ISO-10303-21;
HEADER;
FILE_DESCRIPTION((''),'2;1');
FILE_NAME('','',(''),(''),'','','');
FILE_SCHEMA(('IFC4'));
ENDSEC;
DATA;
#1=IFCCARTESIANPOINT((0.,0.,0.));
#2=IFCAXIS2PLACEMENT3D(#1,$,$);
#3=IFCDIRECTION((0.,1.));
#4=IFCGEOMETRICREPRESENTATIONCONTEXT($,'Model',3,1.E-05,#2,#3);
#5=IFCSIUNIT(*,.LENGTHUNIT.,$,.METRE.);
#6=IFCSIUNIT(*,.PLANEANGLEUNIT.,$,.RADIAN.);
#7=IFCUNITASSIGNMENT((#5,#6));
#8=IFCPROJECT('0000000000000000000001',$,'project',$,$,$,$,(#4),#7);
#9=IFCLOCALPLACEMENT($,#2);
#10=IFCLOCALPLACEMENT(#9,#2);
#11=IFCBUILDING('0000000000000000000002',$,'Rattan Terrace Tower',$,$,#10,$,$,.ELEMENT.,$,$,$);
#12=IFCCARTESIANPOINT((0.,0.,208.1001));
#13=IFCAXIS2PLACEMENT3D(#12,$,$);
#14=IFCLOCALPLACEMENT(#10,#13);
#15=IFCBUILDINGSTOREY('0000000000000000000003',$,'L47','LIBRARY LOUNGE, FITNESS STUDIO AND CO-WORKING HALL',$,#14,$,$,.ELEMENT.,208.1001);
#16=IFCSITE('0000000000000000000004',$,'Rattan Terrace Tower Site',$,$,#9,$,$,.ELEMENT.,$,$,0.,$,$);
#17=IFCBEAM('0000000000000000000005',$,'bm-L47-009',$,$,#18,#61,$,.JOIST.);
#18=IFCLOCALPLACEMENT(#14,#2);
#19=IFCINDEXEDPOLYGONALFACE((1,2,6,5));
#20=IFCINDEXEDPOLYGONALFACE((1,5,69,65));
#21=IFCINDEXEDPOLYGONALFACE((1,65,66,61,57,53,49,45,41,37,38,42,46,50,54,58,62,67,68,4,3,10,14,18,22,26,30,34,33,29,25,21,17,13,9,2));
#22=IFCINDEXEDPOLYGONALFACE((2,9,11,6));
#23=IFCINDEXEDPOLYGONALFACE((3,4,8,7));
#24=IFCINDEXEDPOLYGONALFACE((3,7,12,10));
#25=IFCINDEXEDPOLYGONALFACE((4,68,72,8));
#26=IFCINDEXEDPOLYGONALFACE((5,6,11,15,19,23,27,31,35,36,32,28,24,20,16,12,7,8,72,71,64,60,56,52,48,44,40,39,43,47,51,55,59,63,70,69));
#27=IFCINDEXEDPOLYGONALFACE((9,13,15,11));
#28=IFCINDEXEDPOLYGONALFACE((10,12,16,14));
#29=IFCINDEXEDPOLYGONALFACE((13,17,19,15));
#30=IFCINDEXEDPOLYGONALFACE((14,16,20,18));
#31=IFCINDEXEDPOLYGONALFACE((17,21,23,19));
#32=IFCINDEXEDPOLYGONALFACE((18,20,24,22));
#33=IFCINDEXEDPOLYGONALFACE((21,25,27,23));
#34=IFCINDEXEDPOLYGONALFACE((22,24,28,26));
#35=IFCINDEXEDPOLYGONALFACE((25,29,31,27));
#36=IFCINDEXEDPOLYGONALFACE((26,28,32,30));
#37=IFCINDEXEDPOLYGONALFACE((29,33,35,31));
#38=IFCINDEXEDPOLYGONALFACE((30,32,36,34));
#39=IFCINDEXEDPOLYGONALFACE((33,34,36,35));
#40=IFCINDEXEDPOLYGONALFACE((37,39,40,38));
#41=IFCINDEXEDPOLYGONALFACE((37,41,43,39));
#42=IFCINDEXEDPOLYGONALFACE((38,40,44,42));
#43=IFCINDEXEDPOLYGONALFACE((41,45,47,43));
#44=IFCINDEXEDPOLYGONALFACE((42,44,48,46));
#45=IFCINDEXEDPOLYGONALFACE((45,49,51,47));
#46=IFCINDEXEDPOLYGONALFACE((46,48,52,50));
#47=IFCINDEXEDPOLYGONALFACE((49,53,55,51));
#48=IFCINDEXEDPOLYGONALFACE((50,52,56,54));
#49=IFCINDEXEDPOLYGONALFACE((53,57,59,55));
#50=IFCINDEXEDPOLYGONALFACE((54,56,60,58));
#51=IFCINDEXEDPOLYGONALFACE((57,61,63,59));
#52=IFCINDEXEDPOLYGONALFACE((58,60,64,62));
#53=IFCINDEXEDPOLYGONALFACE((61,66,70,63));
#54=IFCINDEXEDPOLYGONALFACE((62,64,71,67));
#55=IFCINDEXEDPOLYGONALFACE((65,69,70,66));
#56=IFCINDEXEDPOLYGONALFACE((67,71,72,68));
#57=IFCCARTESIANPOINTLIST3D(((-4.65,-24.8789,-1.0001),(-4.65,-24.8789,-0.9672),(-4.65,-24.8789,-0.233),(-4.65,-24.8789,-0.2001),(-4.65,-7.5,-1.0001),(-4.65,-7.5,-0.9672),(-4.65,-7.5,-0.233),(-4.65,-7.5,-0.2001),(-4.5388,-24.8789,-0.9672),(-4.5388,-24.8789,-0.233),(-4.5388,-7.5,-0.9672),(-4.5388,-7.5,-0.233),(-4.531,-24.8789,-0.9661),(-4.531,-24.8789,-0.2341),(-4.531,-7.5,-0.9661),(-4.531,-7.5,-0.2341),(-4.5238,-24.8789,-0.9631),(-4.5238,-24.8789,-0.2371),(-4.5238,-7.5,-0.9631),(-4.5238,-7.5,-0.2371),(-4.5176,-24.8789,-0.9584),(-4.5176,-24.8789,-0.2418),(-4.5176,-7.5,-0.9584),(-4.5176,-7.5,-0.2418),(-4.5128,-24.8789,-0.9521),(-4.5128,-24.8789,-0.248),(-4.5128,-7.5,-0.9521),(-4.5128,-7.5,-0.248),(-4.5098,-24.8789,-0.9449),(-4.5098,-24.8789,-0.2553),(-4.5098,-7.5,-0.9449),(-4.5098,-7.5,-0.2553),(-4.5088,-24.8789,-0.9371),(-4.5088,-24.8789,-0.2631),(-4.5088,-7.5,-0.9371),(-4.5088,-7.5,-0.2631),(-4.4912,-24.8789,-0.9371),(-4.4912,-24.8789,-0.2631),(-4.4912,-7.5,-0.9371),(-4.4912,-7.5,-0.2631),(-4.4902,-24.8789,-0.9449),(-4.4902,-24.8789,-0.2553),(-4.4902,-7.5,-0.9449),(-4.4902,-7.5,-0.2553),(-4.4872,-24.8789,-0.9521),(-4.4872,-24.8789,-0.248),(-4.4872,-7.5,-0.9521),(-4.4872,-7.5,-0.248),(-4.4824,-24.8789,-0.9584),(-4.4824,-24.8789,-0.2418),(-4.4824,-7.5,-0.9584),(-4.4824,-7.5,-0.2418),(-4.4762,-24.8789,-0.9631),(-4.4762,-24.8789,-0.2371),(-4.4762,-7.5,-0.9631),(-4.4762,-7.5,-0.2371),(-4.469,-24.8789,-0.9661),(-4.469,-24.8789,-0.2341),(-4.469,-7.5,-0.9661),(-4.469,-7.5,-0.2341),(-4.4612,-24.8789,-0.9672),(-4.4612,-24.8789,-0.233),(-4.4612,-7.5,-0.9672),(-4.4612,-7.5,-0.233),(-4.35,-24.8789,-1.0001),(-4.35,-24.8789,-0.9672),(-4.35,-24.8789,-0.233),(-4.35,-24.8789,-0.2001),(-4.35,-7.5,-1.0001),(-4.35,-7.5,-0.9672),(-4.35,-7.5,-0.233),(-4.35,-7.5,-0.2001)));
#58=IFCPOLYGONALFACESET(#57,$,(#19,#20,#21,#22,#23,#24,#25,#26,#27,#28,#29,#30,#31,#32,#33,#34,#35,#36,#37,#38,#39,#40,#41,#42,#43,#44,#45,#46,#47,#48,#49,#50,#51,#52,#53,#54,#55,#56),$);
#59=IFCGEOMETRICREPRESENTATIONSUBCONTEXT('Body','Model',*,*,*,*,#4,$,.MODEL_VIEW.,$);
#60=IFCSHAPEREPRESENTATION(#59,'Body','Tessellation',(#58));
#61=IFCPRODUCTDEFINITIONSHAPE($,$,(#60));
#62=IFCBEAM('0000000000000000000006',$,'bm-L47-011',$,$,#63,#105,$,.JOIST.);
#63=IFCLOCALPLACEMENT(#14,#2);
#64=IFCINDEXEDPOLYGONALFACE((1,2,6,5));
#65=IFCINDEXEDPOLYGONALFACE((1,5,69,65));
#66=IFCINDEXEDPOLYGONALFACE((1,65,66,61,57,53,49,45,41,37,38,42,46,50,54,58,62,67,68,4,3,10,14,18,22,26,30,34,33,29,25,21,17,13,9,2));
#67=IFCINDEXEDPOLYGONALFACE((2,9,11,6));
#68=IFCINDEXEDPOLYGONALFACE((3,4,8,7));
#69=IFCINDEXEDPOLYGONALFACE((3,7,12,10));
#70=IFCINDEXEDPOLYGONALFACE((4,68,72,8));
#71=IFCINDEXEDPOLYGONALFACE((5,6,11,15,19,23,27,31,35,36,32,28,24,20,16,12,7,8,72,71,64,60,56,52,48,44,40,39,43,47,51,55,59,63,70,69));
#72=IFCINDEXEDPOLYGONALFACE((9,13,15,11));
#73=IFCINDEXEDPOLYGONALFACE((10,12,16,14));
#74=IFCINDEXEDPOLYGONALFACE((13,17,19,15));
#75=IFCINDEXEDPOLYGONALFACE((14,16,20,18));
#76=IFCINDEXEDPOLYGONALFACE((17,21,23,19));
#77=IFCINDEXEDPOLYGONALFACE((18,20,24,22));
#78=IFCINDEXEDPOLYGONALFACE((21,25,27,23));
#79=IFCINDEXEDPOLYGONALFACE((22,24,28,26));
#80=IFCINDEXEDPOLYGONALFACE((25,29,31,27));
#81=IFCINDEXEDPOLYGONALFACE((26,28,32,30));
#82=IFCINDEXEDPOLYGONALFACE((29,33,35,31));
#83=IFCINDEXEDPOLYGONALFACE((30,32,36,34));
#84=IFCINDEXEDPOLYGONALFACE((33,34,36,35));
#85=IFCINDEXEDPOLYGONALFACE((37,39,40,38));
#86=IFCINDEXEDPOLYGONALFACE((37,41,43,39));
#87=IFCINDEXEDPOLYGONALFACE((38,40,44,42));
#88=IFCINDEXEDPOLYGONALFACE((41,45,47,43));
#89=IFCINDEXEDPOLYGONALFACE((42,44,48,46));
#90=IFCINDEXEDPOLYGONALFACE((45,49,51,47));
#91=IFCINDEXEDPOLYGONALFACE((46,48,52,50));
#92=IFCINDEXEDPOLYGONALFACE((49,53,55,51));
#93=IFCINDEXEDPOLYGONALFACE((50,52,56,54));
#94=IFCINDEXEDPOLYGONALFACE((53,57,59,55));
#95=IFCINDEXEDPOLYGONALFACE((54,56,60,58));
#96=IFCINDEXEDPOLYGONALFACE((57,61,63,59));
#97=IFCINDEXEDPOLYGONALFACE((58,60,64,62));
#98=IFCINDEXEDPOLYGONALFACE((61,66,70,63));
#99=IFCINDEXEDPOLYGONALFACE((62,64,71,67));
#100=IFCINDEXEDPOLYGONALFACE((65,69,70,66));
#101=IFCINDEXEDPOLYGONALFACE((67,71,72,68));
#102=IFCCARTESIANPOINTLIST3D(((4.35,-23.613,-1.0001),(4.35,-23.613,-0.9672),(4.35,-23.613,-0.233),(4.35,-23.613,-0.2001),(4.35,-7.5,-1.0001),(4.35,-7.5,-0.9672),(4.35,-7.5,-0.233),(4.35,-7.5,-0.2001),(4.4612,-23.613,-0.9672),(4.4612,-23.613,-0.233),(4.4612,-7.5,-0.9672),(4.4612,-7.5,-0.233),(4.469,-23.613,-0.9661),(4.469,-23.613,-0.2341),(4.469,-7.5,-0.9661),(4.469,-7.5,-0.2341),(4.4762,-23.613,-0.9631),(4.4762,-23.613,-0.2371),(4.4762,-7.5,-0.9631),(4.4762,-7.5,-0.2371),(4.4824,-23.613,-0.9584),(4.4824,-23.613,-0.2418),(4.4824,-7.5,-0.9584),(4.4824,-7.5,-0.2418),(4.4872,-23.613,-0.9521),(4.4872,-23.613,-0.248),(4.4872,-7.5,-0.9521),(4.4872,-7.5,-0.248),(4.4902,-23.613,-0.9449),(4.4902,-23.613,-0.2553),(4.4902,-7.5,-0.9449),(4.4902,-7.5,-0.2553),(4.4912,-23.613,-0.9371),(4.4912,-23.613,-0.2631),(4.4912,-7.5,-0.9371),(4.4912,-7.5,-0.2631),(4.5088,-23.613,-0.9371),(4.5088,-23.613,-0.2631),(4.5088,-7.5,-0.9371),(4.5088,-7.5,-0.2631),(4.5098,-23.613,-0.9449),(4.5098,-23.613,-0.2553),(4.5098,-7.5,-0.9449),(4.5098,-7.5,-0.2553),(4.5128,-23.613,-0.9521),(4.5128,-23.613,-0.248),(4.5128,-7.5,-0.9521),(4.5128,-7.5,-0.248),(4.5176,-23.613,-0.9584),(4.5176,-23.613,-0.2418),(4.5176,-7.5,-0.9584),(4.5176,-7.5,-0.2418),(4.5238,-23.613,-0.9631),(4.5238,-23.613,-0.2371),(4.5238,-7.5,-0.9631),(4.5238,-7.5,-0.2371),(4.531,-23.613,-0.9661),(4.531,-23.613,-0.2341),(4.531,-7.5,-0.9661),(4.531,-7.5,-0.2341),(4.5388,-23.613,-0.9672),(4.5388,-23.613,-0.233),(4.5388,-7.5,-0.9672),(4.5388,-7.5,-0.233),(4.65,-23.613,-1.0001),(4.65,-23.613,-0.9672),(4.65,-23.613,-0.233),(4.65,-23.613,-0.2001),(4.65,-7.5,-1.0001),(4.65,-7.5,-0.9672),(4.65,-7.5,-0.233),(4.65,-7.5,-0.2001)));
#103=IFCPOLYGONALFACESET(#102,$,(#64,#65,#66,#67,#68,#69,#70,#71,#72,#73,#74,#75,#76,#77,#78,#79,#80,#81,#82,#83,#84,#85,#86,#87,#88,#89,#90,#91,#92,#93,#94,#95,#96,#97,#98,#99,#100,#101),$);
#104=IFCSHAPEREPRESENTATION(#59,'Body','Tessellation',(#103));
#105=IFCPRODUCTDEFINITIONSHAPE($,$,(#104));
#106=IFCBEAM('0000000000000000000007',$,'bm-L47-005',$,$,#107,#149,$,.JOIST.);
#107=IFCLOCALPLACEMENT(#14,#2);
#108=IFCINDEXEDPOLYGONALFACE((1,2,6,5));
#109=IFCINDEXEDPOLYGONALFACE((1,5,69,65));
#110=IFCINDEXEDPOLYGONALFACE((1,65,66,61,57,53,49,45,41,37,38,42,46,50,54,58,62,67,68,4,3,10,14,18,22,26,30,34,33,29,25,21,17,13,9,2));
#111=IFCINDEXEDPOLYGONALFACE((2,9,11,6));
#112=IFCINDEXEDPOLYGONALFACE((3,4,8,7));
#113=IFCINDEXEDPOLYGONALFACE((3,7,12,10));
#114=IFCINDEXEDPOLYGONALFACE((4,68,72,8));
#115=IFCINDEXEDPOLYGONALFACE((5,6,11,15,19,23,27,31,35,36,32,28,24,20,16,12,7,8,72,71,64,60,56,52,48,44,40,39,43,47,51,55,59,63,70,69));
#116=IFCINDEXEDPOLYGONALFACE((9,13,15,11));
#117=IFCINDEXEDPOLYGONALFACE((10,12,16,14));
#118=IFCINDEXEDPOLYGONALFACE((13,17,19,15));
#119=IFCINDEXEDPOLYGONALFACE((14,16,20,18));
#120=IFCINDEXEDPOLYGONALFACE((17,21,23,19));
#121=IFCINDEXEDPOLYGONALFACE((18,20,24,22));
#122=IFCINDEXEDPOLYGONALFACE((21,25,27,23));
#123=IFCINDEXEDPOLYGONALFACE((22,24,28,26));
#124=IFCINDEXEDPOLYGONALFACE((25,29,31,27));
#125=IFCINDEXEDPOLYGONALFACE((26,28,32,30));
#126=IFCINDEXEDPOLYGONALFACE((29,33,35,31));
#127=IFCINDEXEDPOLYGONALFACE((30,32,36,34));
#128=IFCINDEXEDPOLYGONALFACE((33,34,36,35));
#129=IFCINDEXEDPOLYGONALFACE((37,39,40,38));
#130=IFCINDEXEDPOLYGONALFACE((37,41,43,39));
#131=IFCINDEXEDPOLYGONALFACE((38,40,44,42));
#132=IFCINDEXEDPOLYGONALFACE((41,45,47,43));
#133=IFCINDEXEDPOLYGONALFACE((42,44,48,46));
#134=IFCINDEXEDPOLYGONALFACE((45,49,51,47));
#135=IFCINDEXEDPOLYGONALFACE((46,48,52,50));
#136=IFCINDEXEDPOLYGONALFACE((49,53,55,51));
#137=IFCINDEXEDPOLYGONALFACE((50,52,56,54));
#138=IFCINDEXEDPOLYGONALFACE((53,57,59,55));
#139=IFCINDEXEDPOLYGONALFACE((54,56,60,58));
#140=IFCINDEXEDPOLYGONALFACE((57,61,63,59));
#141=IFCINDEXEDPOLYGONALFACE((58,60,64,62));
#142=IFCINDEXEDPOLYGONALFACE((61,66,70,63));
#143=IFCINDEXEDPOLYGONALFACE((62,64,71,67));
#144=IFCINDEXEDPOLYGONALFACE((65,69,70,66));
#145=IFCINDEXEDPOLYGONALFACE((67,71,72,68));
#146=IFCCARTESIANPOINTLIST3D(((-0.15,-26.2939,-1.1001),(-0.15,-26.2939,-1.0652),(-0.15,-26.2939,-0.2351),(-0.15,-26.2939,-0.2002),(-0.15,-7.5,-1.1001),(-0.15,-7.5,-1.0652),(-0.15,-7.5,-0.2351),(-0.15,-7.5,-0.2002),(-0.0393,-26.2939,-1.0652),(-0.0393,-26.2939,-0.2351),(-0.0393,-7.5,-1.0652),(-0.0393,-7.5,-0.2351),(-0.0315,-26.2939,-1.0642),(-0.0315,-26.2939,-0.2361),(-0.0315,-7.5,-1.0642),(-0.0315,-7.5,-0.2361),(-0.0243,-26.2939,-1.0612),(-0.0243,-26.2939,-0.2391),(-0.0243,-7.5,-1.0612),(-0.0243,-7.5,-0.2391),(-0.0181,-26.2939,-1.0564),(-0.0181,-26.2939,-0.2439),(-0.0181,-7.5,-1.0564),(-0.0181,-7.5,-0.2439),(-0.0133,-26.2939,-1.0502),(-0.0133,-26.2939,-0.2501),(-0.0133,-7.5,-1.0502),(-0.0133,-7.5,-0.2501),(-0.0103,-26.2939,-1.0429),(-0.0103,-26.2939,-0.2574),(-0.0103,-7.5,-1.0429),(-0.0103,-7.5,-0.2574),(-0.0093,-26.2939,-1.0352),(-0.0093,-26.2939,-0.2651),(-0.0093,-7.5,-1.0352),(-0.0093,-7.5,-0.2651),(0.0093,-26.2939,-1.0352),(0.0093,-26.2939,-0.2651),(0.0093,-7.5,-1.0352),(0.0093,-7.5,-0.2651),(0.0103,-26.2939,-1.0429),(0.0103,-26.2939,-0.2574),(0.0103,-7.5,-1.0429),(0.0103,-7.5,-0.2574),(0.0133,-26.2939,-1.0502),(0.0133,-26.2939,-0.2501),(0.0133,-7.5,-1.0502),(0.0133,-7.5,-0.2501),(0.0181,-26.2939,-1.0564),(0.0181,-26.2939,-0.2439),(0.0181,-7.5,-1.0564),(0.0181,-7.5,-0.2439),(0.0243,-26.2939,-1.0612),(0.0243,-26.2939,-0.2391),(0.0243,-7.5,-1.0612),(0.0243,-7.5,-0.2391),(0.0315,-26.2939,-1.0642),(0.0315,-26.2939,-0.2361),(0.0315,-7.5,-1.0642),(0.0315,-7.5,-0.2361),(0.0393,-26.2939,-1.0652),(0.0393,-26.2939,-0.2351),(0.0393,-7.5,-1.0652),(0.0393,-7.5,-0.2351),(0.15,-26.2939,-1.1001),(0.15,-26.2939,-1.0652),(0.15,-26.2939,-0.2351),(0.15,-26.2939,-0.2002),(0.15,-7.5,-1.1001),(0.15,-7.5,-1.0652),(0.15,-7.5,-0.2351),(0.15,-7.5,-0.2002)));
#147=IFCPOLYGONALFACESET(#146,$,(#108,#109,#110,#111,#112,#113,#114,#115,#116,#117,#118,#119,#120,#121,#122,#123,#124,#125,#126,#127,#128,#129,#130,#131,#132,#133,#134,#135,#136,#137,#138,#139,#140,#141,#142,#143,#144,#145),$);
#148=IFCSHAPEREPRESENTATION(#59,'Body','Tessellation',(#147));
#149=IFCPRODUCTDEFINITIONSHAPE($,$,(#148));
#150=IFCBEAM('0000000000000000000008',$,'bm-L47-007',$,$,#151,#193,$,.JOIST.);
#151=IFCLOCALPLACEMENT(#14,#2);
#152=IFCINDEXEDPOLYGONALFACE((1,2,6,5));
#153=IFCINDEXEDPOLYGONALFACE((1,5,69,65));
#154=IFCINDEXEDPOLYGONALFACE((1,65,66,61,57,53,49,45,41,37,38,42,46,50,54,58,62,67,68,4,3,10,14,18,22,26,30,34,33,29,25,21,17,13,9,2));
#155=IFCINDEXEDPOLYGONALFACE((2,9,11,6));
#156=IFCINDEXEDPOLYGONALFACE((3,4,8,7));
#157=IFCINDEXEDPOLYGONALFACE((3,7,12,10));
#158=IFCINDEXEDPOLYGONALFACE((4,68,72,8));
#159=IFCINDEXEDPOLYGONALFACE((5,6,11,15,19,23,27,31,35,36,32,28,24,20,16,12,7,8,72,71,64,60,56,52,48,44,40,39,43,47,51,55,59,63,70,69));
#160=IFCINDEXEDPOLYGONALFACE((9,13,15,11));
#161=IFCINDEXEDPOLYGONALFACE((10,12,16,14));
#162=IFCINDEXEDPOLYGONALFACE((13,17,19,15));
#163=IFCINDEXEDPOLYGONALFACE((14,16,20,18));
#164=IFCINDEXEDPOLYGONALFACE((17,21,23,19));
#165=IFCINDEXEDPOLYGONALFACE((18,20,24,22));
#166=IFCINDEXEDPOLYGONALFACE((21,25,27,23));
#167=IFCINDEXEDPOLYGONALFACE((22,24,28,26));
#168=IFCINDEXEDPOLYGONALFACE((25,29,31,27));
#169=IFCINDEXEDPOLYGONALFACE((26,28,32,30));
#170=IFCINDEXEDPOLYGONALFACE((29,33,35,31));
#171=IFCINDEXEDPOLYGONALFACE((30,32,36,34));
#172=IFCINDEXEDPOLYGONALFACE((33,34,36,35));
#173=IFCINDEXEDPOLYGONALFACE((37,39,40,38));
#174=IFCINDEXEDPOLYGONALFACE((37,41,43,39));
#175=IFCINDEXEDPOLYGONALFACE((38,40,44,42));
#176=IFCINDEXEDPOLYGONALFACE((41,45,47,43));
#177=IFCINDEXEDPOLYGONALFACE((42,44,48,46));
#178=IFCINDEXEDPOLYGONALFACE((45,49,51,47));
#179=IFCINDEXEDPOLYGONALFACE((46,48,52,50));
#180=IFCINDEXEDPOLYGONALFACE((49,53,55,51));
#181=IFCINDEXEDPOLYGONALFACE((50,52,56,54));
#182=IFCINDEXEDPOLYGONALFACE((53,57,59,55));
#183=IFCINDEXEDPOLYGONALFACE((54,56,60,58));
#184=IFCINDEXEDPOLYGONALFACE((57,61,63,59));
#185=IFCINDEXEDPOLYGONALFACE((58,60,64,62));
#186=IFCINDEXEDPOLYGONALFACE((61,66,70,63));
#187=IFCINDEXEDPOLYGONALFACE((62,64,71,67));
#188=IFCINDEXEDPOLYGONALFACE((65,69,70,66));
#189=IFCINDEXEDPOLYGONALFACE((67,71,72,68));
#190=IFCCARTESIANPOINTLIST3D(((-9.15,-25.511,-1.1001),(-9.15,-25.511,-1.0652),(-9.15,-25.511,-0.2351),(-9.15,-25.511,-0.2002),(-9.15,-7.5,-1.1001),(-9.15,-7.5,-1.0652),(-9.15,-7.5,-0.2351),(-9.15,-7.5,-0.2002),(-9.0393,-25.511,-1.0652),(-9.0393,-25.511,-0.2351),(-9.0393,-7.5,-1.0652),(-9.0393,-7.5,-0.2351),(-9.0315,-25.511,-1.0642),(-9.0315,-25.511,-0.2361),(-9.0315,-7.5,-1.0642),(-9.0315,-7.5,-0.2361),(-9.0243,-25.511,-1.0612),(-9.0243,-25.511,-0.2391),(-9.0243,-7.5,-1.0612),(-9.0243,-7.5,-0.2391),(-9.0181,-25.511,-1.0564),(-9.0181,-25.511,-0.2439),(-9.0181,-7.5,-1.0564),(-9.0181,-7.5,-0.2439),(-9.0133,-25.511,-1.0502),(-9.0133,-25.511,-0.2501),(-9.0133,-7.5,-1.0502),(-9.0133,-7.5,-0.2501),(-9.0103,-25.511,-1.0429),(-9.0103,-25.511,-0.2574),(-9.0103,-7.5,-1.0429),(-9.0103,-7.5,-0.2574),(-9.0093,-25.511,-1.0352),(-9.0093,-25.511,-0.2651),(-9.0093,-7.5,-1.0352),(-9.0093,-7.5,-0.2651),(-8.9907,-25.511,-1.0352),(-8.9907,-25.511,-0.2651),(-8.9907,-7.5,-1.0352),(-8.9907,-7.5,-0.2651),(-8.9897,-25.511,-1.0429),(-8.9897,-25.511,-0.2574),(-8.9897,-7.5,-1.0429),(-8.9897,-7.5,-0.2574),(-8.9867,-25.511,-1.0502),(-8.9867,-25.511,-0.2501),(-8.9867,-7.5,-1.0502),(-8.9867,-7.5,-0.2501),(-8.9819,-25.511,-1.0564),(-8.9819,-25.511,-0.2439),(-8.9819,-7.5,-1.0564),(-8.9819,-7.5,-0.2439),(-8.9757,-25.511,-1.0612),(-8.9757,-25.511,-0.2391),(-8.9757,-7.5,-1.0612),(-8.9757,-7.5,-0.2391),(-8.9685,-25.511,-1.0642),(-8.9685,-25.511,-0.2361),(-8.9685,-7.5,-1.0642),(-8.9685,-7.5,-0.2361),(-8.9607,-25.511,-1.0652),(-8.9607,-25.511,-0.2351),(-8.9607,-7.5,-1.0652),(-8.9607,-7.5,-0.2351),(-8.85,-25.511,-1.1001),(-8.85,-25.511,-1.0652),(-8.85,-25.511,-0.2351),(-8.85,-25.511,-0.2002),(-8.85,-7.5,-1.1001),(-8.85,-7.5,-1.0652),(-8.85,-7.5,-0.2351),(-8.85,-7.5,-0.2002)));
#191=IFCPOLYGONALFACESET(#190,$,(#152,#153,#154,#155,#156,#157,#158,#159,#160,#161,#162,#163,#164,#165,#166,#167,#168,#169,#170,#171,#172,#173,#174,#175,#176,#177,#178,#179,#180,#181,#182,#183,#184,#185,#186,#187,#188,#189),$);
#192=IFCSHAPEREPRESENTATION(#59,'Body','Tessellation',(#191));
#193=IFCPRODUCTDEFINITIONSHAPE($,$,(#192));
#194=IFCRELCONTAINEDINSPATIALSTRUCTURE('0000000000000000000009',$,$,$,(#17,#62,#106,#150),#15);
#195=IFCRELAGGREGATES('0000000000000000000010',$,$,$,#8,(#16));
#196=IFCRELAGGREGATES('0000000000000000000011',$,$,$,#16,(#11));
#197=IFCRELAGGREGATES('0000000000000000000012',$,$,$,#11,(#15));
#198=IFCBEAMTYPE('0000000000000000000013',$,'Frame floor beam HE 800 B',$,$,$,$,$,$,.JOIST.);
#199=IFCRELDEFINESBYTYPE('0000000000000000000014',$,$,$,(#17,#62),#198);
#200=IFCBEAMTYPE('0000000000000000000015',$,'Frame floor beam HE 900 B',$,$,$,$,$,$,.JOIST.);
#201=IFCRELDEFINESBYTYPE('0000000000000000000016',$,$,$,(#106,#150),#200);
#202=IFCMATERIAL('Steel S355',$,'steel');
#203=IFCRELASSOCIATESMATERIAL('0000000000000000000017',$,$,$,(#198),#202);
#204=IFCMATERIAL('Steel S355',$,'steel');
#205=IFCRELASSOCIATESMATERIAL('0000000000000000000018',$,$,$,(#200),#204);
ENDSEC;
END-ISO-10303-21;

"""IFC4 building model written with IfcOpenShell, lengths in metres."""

from ifc_helpers import new_model, si_unit, direction, frame, origin, origin_2d, place, context, subcontext, project, spatial, i_section, extrude, material, material_profile, profile_set, type_object, element, save


model = new_model("IFC4")

# Units and contexts
model_context = context("Model", 3, precision=1e-05, world=origin(), true_north=direction((0.0, 1.0)))
body_context = subcontext(model_context, "Body", "Model", "MODEL_VIEW")
ifc_project = project(units=[si_unit("LENGTHUNIT", "METRE"), si_unit("PLANEANGLEUNIT", "RADIAN")], contexts=[model_context])

# Site, building, storey
site_placement = place(None, origin())
site = spatial("IfcSite", under=ifc_project, at=site_placement, Name="Rattan Terrace Tower Site", CompositionType="ELEMENT", RefElevation=0.0)
building_placement = place(site_placement, origin())
building = spatial("IfcBuilding", under=site, at=building_placement, Name="Rattan Terrace Tower", CompositionType="ELEMENT")
storey_placement = place(building_placement, frame((0.0, 0.0, 208.1001)))
storey = spatial("IfcBuildingStorey", under=building, at=storey_placement, Name="L47", Description="LIBRARY LOUNGE, FITNESS STUDIO AND CO-WORKING HALL", CompositionType="ELEMENT", Elevation=208.1001)

# Beams
ifc_material_1 = material(Name="Steel S355", Category="steel")
ifc_material_profile_1 = material_profile(ifc_material_1, i_section(OverallWidth=0.3, OverallDepth=0.8, WebThickness=0.0176, FlangeThickness=0.033, FilletRadius=0.03, at=origin_2d()), Name="HE 800 B")
ifc_profile_set_1 = profile_set([ifc_material_profile_1], Name="Steel S355")
beam_type_1 = type_object("IfcBeamType", Name="Frame floor beam HE 800 B", PredefinedType="JOIST", material=ifc_profile_set_1)
beam_1_placement = place(storey_placement, frame((-4.5, -24.8789, -0.6001), z_axis=(0.0, 1.0, 0.0), x_axis=(-1.0, 0.0, 0.0)))
element("IfcBeam", 1, at=beam_1_placement, inside=storey, type_object=beam_type_1, Name="bm-L47-009", PredefinedType="JOIST", context=body_context, shape_type="SweptSolid", body=[
    extrude(i_section(OverallWidth=0.3, OverallDepth=0.8, WebThickness=0.0176, FlangeThickness=0.033, FilletRadius=0.03, at=origin_2d()), origin(), (0.0, 0.0, 1.0), 17.3789),
])
beam_2_placement = place(storey_placement, frame((4.5, -23.613, -0.6001), z_axis=(0.0, 1.0, 0.0), x_axis=(-1.0, 0.0, 0.0)))
element("IfcBeam", 2, at=beam_2_placement, inside=storey, type_object=beam_type_1, Name="bm-L47-011", PredefinedType="JOIST", context=body_context, shape_type="SweptSolid", body=[
    extrude(i_section(OverallWidth=0.3, OverallDepth=0.8, WebThickness=0.0176, FlangeThickness=0.033, FilletRadius=0.03, at=origin_2d()), origin(), (0.0, 0.0, 1.0), 16.113),
])
ifc_material_2 = material(Name="Steel S355", Category="steel")
ifc_material_profile_2 = material_profile(ifc_material_2, i_section(OverallWidth=0.3, OverallDepth=0.8999, WebThickness=0.0186, FlangeThickness=0.0349, FilletRadius=0.03, at=origin_2d()), Name="HE 900 B")
ifc_profile_set_2 = profile_set([ifc_material_profile_2], Name="Steel S355")
beam_type_2 = type_object("IfcBeamType", Name="Frame floor beam HE 900 B", PredefinedType="JOIST", material=ifc_profile_set_2)
beam_3_placement = place(storey_placement, frame((0.0, -26.2939, -0.6501), z_axis=(0.0, 1.0, 0.0), x_axis=(-1.0, 0.0, 0.0)))
element("IfcBeam", 3, at=beam_3_placement, inside=storey, type_object=beam_type_2, Name="bm-L47-005", PredefinedType="JOIST", context=body_context, shape_type="SweptSolid", body=[
    extrude(i_section(OverallWidth=0.3, OverallDepth=0.8999, WebThickness=0.0186, FlangeThickness=0.0349, FilletRadius=0.03, at=origin_2d()), origin(), (0.0, 0.0, 1.0), 18.7939),
])
beam_4_placement = place(storey_placement, frame((-9.0, -25.511, -0.6501), z_axis=(0.0, 1.0, 0.0), x_axis=(-1.0, 0.0, 0.0)))
element("IfcBeam", 4, at=beam_4_placement, inside=storey, type_object=beam_type_2, Name="bm-L47-007", PredefinedType="JOIST", context=body_context, shape_type="SweptSolid", body=[
    extrude(i_section(OverallWidth=0.3, OverallDepth=0.8999, WebThickness=0.0186, FlangeThickness=0.0349, FilletRadius=0.03, at=origin_2d()), origin(), (0.0, 0.0, 1.0), 18.011),
])

save(model, "model.ifc")
